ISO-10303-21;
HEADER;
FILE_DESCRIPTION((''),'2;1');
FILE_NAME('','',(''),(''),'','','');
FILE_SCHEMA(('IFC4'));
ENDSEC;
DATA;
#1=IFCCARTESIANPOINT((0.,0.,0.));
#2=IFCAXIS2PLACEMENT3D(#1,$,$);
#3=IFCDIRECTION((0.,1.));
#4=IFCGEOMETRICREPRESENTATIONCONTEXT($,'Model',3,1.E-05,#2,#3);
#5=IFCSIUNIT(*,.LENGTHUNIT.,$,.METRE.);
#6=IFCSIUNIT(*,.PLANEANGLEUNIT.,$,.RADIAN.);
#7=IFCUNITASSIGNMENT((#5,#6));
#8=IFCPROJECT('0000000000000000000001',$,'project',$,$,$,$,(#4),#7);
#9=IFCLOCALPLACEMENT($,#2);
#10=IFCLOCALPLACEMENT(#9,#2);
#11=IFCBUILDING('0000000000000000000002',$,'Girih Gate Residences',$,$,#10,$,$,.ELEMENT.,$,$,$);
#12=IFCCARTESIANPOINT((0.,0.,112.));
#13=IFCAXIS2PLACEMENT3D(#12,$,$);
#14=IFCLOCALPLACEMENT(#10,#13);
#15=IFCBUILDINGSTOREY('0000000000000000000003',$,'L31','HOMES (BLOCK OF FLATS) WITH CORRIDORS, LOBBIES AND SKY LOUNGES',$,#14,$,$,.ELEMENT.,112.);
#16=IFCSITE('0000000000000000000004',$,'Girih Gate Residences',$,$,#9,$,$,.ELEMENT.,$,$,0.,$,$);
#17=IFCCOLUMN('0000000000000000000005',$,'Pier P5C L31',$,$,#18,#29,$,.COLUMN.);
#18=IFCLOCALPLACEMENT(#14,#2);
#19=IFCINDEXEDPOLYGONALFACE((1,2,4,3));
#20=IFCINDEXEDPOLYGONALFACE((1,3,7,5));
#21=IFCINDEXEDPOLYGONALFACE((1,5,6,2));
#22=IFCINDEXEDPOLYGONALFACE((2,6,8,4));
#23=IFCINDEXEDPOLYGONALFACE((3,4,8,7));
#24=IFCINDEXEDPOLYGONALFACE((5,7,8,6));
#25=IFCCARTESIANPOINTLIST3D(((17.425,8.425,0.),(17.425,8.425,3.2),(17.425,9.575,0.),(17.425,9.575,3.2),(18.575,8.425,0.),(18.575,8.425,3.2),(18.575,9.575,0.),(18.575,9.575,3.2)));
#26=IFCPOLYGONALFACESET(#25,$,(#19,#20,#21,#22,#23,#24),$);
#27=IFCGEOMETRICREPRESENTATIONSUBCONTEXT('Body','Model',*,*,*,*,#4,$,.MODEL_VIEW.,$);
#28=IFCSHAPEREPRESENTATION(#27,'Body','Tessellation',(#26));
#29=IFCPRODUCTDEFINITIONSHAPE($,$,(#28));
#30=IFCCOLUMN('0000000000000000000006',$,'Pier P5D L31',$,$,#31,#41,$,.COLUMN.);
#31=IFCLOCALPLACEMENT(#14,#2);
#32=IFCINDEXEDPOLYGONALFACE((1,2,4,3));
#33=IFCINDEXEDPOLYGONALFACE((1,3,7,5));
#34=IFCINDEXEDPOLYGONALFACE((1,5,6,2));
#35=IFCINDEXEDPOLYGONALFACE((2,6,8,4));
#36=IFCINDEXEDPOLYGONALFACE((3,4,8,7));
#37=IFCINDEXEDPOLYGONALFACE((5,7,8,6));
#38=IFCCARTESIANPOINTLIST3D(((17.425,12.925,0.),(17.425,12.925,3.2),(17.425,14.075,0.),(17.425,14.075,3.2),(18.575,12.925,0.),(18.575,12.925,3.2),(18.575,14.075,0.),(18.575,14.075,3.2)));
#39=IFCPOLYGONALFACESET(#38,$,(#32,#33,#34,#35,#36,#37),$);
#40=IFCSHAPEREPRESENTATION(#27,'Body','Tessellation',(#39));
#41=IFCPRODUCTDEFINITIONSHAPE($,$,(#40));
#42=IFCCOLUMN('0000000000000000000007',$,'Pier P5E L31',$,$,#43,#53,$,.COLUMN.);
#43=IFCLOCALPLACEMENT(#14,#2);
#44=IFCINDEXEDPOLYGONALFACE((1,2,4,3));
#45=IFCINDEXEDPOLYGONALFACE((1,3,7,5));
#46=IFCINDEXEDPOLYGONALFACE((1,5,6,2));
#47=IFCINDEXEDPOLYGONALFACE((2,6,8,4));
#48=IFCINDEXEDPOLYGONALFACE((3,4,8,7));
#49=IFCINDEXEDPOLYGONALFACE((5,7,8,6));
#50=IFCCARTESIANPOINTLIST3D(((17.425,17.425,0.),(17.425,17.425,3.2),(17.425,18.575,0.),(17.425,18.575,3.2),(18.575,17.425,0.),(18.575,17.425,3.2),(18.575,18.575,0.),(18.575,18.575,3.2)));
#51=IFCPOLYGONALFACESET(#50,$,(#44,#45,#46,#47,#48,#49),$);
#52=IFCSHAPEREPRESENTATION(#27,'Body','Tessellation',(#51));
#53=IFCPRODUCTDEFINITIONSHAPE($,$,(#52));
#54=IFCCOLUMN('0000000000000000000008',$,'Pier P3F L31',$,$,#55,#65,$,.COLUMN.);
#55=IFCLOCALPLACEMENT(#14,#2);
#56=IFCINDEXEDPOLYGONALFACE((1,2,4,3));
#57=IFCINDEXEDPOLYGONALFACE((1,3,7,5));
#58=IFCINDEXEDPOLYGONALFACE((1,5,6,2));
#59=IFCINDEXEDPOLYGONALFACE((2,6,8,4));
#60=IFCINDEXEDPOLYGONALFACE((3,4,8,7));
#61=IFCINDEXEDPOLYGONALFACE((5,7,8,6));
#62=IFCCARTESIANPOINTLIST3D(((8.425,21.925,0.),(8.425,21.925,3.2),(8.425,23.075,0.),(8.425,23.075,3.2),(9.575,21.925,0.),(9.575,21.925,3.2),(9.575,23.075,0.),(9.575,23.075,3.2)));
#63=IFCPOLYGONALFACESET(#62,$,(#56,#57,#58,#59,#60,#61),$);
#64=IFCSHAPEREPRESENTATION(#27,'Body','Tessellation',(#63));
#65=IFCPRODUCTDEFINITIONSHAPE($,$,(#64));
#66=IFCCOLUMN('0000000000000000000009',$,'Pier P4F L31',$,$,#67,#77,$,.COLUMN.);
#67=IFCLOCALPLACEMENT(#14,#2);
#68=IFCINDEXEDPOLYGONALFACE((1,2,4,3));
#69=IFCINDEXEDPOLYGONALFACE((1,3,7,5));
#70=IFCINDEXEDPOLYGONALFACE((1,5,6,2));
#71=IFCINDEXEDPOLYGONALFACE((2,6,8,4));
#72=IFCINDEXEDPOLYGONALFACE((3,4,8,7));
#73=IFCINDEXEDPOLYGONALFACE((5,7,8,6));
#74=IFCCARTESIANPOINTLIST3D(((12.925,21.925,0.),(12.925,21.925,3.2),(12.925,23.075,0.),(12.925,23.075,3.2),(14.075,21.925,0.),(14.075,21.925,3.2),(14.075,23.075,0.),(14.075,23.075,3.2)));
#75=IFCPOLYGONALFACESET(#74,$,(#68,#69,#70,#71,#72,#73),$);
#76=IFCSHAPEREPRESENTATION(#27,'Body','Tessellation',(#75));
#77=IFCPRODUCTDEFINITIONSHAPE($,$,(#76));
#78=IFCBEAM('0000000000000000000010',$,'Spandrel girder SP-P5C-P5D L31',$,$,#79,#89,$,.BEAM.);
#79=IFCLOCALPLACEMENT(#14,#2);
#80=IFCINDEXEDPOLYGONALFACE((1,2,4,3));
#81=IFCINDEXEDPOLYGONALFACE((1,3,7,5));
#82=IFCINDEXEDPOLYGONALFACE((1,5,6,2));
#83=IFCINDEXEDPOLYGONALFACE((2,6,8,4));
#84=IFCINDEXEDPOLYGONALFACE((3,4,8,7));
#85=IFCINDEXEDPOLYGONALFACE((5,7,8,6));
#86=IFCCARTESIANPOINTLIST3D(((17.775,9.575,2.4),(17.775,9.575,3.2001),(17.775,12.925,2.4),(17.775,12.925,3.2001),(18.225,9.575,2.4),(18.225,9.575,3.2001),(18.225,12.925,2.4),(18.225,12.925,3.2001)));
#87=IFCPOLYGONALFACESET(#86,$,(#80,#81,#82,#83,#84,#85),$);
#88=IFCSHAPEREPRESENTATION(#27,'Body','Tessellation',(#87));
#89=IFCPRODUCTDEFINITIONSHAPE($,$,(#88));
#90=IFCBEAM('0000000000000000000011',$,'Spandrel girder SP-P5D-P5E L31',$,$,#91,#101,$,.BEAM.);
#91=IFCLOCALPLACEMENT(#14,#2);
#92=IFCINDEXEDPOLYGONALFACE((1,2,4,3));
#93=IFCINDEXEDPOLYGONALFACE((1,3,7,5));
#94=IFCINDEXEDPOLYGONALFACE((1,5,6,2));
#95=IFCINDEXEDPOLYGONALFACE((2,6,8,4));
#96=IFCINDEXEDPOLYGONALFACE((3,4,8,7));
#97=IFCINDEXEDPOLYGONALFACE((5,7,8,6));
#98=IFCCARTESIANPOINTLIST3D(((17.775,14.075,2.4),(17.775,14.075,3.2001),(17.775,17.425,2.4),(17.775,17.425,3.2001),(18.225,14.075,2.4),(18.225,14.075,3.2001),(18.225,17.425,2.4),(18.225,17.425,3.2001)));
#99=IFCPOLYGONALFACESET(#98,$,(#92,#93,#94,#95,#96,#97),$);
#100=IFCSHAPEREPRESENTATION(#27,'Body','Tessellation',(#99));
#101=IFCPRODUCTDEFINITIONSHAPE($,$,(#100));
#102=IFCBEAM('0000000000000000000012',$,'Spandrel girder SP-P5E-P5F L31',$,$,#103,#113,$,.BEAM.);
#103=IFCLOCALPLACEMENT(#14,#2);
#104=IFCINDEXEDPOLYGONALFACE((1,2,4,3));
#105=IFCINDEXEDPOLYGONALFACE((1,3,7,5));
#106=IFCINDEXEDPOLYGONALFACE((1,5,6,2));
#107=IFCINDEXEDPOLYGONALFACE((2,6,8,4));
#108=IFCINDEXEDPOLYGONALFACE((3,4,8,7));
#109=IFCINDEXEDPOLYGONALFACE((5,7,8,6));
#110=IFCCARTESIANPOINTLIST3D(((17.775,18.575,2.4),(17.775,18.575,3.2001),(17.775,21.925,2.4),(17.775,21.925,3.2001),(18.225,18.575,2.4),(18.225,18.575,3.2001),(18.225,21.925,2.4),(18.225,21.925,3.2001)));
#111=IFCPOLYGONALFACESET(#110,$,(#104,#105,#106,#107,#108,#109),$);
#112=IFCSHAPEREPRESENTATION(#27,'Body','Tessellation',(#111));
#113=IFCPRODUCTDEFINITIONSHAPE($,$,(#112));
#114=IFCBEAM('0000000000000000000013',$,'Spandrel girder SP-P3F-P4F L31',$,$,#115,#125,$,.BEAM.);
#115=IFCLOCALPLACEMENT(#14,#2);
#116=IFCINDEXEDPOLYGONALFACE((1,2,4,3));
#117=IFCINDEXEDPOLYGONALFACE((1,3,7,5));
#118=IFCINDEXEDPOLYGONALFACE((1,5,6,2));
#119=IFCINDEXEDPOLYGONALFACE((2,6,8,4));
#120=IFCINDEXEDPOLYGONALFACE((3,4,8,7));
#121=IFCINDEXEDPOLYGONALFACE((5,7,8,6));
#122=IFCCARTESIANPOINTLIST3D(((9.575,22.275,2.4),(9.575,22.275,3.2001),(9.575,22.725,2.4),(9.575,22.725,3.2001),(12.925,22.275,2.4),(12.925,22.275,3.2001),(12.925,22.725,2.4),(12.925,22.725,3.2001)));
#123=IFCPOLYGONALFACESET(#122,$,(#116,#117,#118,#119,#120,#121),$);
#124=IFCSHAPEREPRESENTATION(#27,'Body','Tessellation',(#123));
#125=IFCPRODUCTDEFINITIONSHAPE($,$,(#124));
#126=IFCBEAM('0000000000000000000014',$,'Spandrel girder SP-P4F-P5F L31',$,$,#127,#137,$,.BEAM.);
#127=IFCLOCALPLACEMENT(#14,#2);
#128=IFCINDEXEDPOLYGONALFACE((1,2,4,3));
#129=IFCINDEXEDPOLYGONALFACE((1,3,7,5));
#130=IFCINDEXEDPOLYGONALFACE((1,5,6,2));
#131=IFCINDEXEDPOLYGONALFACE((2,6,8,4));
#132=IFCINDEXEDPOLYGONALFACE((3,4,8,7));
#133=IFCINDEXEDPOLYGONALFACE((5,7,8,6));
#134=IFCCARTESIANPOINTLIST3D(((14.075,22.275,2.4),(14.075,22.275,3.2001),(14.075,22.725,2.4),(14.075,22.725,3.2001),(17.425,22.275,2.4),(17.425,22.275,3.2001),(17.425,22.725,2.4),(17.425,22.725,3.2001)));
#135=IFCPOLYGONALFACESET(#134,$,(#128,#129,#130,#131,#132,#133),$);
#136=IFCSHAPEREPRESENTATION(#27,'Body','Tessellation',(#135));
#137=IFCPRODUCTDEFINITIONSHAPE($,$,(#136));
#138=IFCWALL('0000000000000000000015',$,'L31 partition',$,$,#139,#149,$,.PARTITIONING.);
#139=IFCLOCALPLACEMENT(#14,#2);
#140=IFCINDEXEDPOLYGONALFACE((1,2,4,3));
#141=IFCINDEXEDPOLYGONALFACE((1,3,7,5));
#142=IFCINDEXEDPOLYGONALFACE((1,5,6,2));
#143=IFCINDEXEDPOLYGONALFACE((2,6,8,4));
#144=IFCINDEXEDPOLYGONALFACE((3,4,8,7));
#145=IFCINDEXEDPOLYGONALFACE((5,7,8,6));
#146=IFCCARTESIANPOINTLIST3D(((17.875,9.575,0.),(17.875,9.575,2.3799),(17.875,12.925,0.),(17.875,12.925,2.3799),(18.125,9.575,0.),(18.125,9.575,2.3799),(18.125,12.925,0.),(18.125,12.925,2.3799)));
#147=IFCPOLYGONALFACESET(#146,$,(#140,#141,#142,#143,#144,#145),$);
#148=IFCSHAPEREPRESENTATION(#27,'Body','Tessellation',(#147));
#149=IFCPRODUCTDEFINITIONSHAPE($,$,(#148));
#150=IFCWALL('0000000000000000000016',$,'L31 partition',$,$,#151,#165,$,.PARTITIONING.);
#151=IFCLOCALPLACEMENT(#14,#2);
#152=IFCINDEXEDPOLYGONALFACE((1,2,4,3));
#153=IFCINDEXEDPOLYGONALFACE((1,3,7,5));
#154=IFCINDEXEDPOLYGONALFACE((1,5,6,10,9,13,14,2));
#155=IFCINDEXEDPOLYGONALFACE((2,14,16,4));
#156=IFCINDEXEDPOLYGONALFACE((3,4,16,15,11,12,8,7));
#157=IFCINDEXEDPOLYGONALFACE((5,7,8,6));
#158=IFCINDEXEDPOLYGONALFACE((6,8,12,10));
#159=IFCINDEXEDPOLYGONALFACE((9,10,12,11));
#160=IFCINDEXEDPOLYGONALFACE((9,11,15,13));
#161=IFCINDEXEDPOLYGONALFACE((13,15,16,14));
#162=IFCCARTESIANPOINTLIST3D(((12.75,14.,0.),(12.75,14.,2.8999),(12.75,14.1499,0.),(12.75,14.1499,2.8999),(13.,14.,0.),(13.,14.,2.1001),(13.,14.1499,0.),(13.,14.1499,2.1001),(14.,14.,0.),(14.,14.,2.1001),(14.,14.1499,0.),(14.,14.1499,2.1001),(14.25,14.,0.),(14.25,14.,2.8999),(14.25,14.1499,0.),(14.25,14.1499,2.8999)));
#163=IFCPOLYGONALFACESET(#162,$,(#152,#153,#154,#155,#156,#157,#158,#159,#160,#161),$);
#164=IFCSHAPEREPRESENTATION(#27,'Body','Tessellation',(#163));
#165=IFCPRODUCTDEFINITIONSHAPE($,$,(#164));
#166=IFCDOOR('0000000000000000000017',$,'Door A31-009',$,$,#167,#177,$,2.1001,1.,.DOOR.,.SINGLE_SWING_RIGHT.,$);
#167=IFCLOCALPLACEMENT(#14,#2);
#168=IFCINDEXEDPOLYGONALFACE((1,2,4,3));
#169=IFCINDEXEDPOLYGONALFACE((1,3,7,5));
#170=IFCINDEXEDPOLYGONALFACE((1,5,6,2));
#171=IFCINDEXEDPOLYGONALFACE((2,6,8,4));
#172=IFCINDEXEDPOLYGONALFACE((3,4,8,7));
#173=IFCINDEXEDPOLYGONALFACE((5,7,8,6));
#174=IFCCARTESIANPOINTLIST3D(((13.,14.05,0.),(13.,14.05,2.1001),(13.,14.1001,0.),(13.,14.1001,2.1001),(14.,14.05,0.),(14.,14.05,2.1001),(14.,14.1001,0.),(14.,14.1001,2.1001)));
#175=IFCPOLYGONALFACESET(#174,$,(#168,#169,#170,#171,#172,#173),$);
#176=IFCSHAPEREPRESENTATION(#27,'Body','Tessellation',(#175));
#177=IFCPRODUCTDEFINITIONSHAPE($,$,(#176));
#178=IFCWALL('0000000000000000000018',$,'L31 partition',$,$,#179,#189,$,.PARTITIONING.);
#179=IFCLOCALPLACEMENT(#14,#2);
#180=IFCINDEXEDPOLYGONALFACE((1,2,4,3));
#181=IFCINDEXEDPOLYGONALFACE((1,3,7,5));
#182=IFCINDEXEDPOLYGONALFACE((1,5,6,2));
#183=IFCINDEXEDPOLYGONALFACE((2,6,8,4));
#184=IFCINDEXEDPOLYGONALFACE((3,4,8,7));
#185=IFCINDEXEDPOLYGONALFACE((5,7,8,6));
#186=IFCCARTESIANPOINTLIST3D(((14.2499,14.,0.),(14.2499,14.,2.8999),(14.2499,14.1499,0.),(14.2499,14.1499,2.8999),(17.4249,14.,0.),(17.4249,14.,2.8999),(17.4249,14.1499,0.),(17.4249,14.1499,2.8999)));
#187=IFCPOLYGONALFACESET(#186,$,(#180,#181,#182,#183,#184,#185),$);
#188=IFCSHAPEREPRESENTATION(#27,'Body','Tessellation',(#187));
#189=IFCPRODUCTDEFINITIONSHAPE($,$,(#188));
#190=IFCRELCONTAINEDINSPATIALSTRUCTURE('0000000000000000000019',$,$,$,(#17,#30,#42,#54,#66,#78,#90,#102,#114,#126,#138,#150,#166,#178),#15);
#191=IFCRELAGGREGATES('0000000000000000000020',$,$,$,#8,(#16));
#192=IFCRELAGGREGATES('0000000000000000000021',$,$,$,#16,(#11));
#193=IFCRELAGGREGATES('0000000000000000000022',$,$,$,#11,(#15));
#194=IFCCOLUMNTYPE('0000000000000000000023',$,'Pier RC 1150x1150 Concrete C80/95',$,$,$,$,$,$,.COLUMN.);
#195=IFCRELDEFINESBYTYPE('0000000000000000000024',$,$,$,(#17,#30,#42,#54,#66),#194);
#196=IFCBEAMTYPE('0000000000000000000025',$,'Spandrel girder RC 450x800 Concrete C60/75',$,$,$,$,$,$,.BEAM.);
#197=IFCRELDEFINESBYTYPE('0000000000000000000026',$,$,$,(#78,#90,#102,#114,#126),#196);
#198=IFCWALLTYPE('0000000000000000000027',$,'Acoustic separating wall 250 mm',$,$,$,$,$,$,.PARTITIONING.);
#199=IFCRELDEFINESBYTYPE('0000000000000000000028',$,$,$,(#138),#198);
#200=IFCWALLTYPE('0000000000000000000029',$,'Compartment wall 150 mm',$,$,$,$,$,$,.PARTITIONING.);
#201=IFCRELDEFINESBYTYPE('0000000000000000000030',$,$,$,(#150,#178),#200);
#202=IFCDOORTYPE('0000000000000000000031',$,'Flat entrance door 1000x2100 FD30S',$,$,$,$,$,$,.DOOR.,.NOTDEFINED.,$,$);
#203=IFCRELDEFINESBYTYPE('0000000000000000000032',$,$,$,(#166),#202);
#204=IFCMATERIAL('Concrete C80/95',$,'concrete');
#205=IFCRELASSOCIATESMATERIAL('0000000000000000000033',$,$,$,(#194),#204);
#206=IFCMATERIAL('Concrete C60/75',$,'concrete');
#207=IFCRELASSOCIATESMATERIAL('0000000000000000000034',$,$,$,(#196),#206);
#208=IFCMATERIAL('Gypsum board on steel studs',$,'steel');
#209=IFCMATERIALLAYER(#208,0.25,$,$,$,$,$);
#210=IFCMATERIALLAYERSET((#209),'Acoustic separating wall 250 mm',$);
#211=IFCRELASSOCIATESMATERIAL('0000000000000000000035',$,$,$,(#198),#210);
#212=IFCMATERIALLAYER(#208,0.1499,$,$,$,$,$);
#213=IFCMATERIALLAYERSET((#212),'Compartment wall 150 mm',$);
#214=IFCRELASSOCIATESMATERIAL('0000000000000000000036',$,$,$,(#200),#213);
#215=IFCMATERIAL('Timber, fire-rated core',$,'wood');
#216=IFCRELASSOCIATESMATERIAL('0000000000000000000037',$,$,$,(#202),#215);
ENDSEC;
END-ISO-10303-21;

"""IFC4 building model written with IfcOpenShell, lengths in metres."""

from ifc_helpers import new_model, si_unit, direction, frame, frame_2d, origin, origin_2d, place, context, subcontext, project, spatial, rectangle, extrude, material, layer, layer_set, material_profile, profile_set, type_object, element, fill, save


model = new_model("IFC4")

# Units and contexts
model_context = context("Model", 3, precision=1e-05, world=origin(), true_north=direction((0.0, 1.0)))
body_context = subcontext(model_context, "Body", "Model", "MODEL_VIEW")
ifc_project = project(units=[si_unit("LENGTHUNIT", "METRE"), si_unit("PLANEANGLEUNIT", "RADIAN")], contexts=[model_context])

# Site, building, storey
site_placement = place(None, origin())
site = spatial("IfcSite", under=ifc_project, at=site_placement, Name="Girih Gate Residences", CompositionType="ELEMENT", RefElevation=0.0)
building_placement = place(site_placement, origin())
building = spatial("IfcBuilding", under=site, at=building_placement, Name="Girih Gate Residences", CompositionType="ELEMENT")
storey_placement = place(building_placement, frame((0.0, 0.0, 112.0)))
storey = spatial("IfcBuildingStorey", under=building, at=storey_placement, Name="L31", Description="HOMES (BLOCK OF FLATS) WITH CORRIDORS, LOBBIES AND SKY LOUNGES", CompositionType="ELEMENT", Elevation=112.0)

# Columns
ifc_material_1 = material(Name="Concrete C80/95", Category="concrete")
ifc_material_profile_1 = material_profile(ifc_material_1, rectangle(XDim=1.1499, YDim=1.1499, at=origin_2d()))
ifc_profile_set_1 = profile_set([ifc_material_profile_1], Name="Concrete C80/95")
column_type = type_object("IfcColumnType", Name="Pier RC 1150x1150 Concrete C80/95", PredefinedType="COLUMN", material=ifc_profile_set_1)
for number, where, z_axis, x_axis, name in (
    (1, (18.0, 9.0, 0.0), (0.0, 0.0, 1.0), (1.0, 0.0, 0.0), "Pier P5C L31"),
    (2, (18.0, 13.5, 0.0), (0.0, 0.0, 1.0), (1.0, 0.0, 0.0), "Pier P5D L31"),
    (3, (18.0, 18.0, 0.0), (0.0, 0.0, 1.0), (1.0, 0.0, 0.0), "Pier P5E L31"),
    (4, (9.0, 22.5, 0.0), (0.0, 0.0, 1.0), (1.0, 0.0, 0.0), "Pier P3F L31"),
    (5, (13.5, 22.5, 0.0), (0.0, 0.0, 1.0), (1.0, 0.0, 0.0), "Pier P4F L31"),
):
    element("IfcColumn", number, at=place(storey_placement, frame(where, z_axis=z_axis, x_axis=x_axis)), inside=storey, type_object=column_type, Name=name, PredefinedType="COLUMN", context=body_context, shape_type="SweptSolid", body=[
        extrude(rectangle(XDim=1.1499, YDim=1.1499, at=origin_2d()), origin(), (0.0, 0.0, 1.0), 3.2),
    ])

# Beams
ifc_material_2 = material(Name="Concrete C60/75", Category="concrete")
ifc_material_profile_2 = material_profile(ifc_material_2, rectangle(XDim=0.45, YDim=0.8, at=origin_2d()))
ifc_profile_set_2 = profile_set([ifc_material_profile_2], Name="Concrete C60/75")
beam_type = type_object("IfcBeamType", Name="Spandrel girder RC 450x800 Concrete C60/75", PredefinedType="BEAM", material=ifc_profile_set_2)
for number, where, z_axis, x_axis, name in (
    (6, (18.0, 9.575, 2.8), (0.0, 1.0, 0.0), (-1.0, 0.0, 0.0), "Spandrel girder SP-P5C-P5D L31"),
    (7, (18.0, 14.075, 2.8), (0.0, 1.0, 0.0), (-1.0, 0.0, 0.0), "Spandrel girder SP-P5D-P5E L31"),
    (8, (18.0, 18.575, 2.8), (0.0, 1.0, 0.0), (-1.0, 0.0, 0.0), "Spandrel girder SP-P5E-P5F L31"),
    (9, (9.575, 22.5, 2.8), (1.0, 0.0, 0.0), (0.0, 1.0, 0.0), "Spandrel girder SP-P3F-P4F L31"),
    (10, (14.075, 22.5, 2.8), (1.0, 0.0, 0.0), (0.0, 1.0, 0.0), "Spandrel girder SP-P4F-P5F L31"),
):
    element("IfcBeam", number, at=place(storey_placement, frame(where, z_axis=z_axis, x_axis=x_axis)), inside=storey, type_object=beam_type, Name=name, PredefinedType="BEAM", context=body_context, shape_type="SweptSolid", body=[
        extrude(rectangle(XDim=0.45, YDim=0.8, at=origin_2d()), origin(), (0.0, 0.0, 1.0), 3.3501),
    ])

# Wall
ifc_material_3 = material(Name="Gypsum board on steel studs", Category="steel")
ifc_layer_1 = layer(ifc_material_3, 0.25)
ifc_layer_set_1 = layer_set([ifc_layer_1], Name="Acoustic separating wall 250 mm")
wall_type_1 = type_object("IfcWallType", Name="Acoustic separating wall 250 mm", PredefinedType="PARTITIONING", material=ifc_layer_set_1)
wall_1_placement = place(storey_placement, frame((18.0, 9.575, 0.0), z_axis=(0.0, 0.0, 1.0), x_axis=(0.0, 1.0, 0.0)))
element("IfcWall", 11, at=wall_1_placement, inside=storey, type_object=wall_type_1, Name="L31 partition", PredefinedType="PARTITIONING", context=body_context, shape_type="SweptSolid", body=[
    extrude(rectangle(XDim=3.3501, YDim=0.25, at=frame_2d((1.675, 0.0))), origin(), (0.0, 0.0, 1.0), 2.3799),
])

# Wall, opening, door
ifc_layer_2 = layer(ifc_material_3, 0.1499)
ifc_layer_set_2 = layer_set([ifc_layer_2], Name="Compartment wall 150 mm")
wall_type_2 = type_object("IfcWallType", Name="Compartment wall 150 mm", PredefinedType="PARTITIONING", material=ifc_layer_set_2)
wall_2_placement = place(storey_placement, frame((14.25, 14.075, 0.0), z_axis=(0.0, 0.0, 1.0), x_axis=(-1.0, 0.0, 0.0)))
wall_2 = element("IfcWall", 12, at=wall_2_placement, inside=storey, type_object=wall_type_2, Name="L31 partition", PredefinedType="PARTITIONING", context=body_context, shape_type="SweptSolid", body=[
    extrude(rectangle(XDim=1.5, YDim=0.1499, at=frame_2d((0.75, 0.0))), origin(), (0.0, 0.0, 1.0), 2.8999),
])
opening_1_placement = place(wall_2_placement, frame((0.25, 0.0, 0.0)))
opening_1 = element("IfcOpeningElement", 13, at=opening_1_placement, cuts=wall_2, PredefinedType="OPENING", context=body_context, shape_type="SweptSolid", body=[
    extrude(rectangle(XDim=1.0, YDim=2.1001, at=frame_2d((0.5, 1.05))), frame((0.0, 0.085, 0.0), z_axis=(0.0, -1.0, 0.0), x_axis=(1.0, 0.0, 0.0)), (0.0, 0.0, 1.0), 0.1699),
])
ifc_material_4 = material(Name="Timber, fire-rated core", Category="wood")
door_type_1 = type_object("IfcDoorType", Name="Flat entrance door 1000x2100 FD30S", OperationType="NOTDEFINED", PredefinedType="DOOR", material=ifc_material_4)
door_1_placement = place(opening_1_placement, origin())
door_1 = element("IfcDoor", 14, at=door_1_placement, inside=storey, type_object=door_type_1, Name="Door A31-009", OperationType="SINGLE_SWING_RIGHT", OverallHeight=2.1001, OverallWidth=1.0, PredefinedType="DOOR", context=body_context, shape_type="SweptSolid", body=[
    extrude(rectangle(XDim=1.0, YDim=2.1001, at=frame_2d((0.5, 1.05))), frame((0.0, 0.0249, 0.0), z_axis=(0.0, -1.0, 0.0), x_axis=(1.0, 0.0, 0.0)), (0.0, 0.0, 1.0), 0.05),
])
fill(opening_1, door_1)

# Wall
wall_3_placement = place(storey_placement, frame((14.25, 14.075, 0.0), z_axis=(0.0, 0.0, 1.0), x_axis=(1.0, 0.0, 0.0)))
element("IfcWall", 15, at=wall_3_placement, inside=storey, type_object=wall_type_2, Name="L31 partition", PredefinedType="PARTITIONING", context=body_context, shape_type="SweptSolid", body=[
    extrude(rectangle(XDim=3.175, YDim=0.1499, at=frame_2d((1.5874, 0.0))), origin(), (0.0, 0.0, 1.0), 2.8999),
])

save(model, "model.ifc")
